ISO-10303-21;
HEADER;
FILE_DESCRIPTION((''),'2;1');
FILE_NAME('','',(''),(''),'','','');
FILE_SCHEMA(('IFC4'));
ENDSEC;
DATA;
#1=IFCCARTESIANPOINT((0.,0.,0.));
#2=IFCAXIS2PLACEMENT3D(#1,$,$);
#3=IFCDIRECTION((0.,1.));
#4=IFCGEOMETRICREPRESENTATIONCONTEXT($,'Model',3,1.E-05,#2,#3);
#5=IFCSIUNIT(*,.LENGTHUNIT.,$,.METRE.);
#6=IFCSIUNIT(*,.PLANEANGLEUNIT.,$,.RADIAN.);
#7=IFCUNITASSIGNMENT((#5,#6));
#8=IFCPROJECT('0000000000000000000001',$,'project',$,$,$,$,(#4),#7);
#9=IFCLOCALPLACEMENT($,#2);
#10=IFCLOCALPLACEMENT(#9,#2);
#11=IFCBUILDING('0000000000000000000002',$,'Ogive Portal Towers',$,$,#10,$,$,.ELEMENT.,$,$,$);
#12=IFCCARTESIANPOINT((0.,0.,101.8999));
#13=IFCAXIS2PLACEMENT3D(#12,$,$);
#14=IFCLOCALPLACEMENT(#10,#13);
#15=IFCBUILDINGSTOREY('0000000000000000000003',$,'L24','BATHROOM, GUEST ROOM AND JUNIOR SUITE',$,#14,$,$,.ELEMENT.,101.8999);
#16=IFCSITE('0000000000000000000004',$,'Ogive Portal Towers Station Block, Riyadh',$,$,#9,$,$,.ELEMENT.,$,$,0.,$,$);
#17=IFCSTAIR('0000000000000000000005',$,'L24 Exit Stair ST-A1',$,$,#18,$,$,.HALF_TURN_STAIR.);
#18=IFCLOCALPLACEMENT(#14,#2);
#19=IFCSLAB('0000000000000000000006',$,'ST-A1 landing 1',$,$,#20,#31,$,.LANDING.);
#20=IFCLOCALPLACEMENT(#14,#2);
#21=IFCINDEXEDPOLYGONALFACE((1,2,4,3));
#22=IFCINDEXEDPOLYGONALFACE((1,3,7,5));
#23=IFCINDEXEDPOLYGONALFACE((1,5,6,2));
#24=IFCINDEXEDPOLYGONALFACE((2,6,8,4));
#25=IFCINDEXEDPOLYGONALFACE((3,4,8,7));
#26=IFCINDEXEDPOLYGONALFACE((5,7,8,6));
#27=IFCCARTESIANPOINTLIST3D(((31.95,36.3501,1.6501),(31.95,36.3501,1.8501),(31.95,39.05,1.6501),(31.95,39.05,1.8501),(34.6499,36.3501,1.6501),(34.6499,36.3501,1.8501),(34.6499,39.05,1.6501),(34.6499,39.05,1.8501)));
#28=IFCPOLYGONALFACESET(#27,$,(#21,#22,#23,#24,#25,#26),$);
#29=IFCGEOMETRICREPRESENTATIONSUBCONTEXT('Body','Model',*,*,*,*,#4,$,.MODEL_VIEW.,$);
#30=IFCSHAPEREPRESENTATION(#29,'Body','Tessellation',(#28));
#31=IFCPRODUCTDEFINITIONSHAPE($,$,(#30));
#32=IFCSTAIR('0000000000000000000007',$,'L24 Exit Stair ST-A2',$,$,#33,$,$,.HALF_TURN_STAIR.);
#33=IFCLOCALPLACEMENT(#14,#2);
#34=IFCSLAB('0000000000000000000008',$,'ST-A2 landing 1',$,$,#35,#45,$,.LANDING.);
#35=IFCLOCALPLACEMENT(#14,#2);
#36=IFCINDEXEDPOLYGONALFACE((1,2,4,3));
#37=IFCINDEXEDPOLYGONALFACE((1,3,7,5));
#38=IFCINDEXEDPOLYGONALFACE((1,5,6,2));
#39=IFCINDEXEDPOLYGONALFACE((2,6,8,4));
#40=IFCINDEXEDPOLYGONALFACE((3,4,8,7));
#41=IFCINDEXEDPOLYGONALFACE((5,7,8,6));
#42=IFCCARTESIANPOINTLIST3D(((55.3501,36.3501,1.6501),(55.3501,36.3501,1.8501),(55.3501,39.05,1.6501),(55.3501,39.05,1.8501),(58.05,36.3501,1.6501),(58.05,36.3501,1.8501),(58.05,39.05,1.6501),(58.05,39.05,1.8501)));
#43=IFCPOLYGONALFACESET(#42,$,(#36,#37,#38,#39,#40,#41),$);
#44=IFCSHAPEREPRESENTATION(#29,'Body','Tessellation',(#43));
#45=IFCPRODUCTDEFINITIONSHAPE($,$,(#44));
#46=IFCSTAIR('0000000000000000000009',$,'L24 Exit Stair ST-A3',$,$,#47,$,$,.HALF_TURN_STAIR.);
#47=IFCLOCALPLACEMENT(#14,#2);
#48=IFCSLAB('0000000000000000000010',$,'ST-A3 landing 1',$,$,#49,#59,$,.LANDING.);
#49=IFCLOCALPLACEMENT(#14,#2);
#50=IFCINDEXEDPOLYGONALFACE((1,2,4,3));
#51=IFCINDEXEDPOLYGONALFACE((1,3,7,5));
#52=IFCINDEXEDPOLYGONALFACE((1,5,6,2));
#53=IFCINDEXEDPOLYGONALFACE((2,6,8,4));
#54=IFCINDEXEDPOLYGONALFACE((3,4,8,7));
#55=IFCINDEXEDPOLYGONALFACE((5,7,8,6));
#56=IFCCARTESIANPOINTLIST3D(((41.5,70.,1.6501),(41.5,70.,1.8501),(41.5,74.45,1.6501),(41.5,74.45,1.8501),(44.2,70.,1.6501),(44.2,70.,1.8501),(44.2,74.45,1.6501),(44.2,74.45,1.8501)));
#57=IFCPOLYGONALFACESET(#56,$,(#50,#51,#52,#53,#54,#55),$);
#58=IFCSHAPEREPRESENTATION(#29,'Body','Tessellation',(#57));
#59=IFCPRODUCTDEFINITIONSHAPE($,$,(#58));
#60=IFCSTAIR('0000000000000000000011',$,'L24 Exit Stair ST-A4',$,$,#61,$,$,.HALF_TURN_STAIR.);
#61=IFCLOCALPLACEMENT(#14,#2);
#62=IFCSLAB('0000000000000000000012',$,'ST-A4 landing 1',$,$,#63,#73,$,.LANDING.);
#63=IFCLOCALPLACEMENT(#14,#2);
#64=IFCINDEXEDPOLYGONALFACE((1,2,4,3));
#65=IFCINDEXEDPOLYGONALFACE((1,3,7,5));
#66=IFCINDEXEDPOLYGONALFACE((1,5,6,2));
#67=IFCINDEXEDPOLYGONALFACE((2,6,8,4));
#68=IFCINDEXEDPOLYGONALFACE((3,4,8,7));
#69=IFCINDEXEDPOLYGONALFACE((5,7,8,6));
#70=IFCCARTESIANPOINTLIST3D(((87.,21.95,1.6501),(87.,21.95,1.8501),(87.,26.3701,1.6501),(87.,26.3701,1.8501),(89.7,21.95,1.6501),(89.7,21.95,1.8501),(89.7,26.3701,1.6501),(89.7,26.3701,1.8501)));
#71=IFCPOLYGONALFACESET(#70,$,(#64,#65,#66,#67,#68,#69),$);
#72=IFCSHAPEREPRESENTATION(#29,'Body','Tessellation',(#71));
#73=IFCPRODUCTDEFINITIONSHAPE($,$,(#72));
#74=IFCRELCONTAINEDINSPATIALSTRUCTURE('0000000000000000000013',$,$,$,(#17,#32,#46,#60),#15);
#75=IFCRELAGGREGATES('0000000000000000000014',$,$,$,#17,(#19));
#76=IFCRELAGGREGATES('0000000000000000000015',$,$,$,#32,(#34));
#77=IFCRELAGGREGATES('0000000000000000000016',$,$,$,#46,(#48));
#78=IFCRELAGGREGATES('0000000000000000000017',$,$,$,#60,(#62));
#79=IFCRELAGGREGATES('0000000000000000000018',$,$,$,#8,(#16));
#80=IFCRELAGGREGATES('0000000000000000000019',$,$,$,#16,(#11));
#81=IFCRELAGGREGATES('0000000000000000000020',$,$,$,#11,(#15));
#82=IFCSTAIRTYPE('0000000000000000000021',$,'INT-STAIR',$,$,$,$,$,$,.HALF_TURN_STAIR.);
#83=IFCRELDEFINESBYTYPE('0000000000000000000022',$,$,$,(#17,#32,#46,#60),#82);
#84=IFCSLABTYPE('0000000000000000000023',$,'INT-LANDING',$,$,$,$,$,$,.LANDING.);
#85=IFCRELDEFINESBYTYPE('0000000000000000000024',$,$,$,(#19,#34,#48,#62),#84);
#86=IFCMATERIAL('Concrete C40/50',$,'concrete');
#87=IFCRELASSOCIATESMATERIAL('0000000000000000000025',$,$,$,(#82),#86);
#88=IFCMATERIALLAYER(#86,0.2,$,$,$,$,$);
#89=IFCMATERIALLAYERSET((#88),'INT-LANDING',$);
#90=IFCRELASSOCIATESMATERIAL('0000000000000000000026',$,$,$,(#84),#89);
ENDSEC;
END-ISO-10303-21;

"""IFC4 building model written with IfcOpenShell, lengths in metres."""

from ifc_helpers import new_model, si_unit, direction, frame, origin, place, context, subcontext, project, spatial, polyline, outline, extrude, material, layer, layer_set, type_object, element, aggregate, save


model = new_model("IFC4")

# Units and contexts
model_context = context("Model", 3, precision=1e-05, world=origin(), true_north=direction((0.0, 1.0)))
body_context = subcontext(model_context, "Body", "Model", "MODEL_VIEW")
ifc_project = project(units=[si_unit("LENGTHUNIT", "METRE"), si_unit("PLANEANGLEUNIT", "RADIAN")], contexts=[model_context])

# Site, building, storey
site_placement = place(None, origin())
site = spatial("IfcSite", under=ifc_project, at=site_placement, Name="Ogive Portal Towers Station Block, Riyadh", CompositionType="ELEMENT", RefElevation=0.0)
building_placement = place(site_placement, origin())
building = spatial("IfcBuilding", under=site, at=building_placement, Name="Ogive Portal Towers", CompositionType="ELEMENT")
storey_placement = place(building_placement, frame((0.0, 0.0, 101.8999)))
storey = spatial("IfcBuildingStorey", under=building, at=storey_placement, Name="L24", Description="BATHROOM, GUEST ROOM AND JUNIOR SUITE", CompositionType="ELEMENT", Elevation=101.8999)

# Stairs, slabs
ifc_material_1 = material(Name="Concrete C40/50", Category="concrete")
stair_type = type_object("IfcStairType", Name="INT-STAIR", PredefinedType="HALF_TURN_STAIR", material=ifc_material_1)
stair_1_placement = place(storey_placement, origin())
stair_1 = element("IfcStair", 1, at=stair_1_placement, inside=storey, type_object=stair_type, Name="L24 Exit Stair ST-A1", PredefinedType="HALF_TURN_STAIR")
ifc_layer_1 = layer(ifc_material_1, 0.2)
ifc_layer_set_1 = layer_set([ifc_layer_1], Name="INT-LANDING")
slab_type_1 = type_object("IfcSlabType", Name="INT-LANDING", PredefinedType="LANDING", material=ifc_layer_set_1)
slab_1_placement = place(storey_placement, frame((0.0, 0.0, 1.6501)))
slab_1 = element("IfcSlab", 2, at=slab_1_placement, type_object=slab_type_1, Name="ST-A1 landing 1", PredefinedType="LANDING", context=body_context, shape_type="SweptSolid", body=[
    extrude(outline(polyline([(34.6499, 39.05), (31.95, 39.05), (31.95, 36.3501), (34.6499, 36.3501), (34.6499, 39.05)])), origin(), (0.0, 0.0, 1.0), 0.2),
])
aggregate(stair_1, [slab_1])
stair_2_placement = place(storey_placement, origin())
stair_2 = element("IfcStair", 3, at=stair_2_placement, inside=storey, type_object=stair_type, Name="L24 Exit Stair ST-A2", PredefinedType="HALF_TURN_STAIR")
slab_2_placement = place(storey_placement, frame((0.0, 0.0, 1.6501)))
slab_2 = element("IfcSlab", 4, at=slab_2_placement, type_object=slab_type_1, Name="ST-A2 landing 1", PredefinedType="LANDING", context=body_context, shape_type="SweptSolid", body=[
    extrude(outline(polyline([(55.3501, 36.3501), (58.05, 36.3501), (58.05, 39.05), (55.3501, 39.05), (55.3501, 36.3501)])), origin(), (0.0, 0.0, 1.0), 0.2),
])
aggregate(stair_2, [slab_2])
stair_3_placement = place(storey_placement, origin())
stair_3 = element("IfcStair", 5, at=stair_3_placement, inside=storey, type_object=stair_type, Name="L24 Exit Stair ST-A3", PredefinedType="HALF_TURN_STAIR")
slab_3_placement = place(storey_placement, frame((0.0, 0.0, 1.6501)))
slab_3 = element("IfcSlab", 6, at=slab_3_placement, type_object=slab_type_1, Name="ST-A3 landing 1", PredefinedType="LANDING", context=body_context, shape_type="SweptSolid", body=[
    extrude(outline(polyline([(44.2, 70.0), (44.2, 74.45), (41.5, 74.45), (41.5, 70.0), (44.2, 70.0)])), origin(), (0.0, 0.0, 1.0), 0.2),
])
aggregate(stair_3, [slab_3])
stair_4_placement = place(storey_placement, origin())
stair_4 = element("IfcStair", 7, at=stair_4_placement, inside=storey, type_object=stair_type, Name="L24 Exit Stair ST-A4", PredefinedType="HALF_TURN_STAIR")
slab_4_placement = place(storey_placement, frame((0.0, 0.0, 1.6501)))
slab_4 = element("IfcSlab", 8, at=slab_4_placement, type_object=slab_type_1, Name="ST-A4 landing 1", PredefinedType="LANDING", context=body_context, shape_type="SweptSolid", body=[
    extrude(outline(polyline([(87.0, 26.3701), (87.0, 21.95), (89.7, 21.95), (89.7, 26.3701), (87.0, 26.3701)])), origin(), (0.0, 0.0, 1.0), 0.2),
])
aggregate(stair_4, [slab_4])

save(model, "model.ifc")
